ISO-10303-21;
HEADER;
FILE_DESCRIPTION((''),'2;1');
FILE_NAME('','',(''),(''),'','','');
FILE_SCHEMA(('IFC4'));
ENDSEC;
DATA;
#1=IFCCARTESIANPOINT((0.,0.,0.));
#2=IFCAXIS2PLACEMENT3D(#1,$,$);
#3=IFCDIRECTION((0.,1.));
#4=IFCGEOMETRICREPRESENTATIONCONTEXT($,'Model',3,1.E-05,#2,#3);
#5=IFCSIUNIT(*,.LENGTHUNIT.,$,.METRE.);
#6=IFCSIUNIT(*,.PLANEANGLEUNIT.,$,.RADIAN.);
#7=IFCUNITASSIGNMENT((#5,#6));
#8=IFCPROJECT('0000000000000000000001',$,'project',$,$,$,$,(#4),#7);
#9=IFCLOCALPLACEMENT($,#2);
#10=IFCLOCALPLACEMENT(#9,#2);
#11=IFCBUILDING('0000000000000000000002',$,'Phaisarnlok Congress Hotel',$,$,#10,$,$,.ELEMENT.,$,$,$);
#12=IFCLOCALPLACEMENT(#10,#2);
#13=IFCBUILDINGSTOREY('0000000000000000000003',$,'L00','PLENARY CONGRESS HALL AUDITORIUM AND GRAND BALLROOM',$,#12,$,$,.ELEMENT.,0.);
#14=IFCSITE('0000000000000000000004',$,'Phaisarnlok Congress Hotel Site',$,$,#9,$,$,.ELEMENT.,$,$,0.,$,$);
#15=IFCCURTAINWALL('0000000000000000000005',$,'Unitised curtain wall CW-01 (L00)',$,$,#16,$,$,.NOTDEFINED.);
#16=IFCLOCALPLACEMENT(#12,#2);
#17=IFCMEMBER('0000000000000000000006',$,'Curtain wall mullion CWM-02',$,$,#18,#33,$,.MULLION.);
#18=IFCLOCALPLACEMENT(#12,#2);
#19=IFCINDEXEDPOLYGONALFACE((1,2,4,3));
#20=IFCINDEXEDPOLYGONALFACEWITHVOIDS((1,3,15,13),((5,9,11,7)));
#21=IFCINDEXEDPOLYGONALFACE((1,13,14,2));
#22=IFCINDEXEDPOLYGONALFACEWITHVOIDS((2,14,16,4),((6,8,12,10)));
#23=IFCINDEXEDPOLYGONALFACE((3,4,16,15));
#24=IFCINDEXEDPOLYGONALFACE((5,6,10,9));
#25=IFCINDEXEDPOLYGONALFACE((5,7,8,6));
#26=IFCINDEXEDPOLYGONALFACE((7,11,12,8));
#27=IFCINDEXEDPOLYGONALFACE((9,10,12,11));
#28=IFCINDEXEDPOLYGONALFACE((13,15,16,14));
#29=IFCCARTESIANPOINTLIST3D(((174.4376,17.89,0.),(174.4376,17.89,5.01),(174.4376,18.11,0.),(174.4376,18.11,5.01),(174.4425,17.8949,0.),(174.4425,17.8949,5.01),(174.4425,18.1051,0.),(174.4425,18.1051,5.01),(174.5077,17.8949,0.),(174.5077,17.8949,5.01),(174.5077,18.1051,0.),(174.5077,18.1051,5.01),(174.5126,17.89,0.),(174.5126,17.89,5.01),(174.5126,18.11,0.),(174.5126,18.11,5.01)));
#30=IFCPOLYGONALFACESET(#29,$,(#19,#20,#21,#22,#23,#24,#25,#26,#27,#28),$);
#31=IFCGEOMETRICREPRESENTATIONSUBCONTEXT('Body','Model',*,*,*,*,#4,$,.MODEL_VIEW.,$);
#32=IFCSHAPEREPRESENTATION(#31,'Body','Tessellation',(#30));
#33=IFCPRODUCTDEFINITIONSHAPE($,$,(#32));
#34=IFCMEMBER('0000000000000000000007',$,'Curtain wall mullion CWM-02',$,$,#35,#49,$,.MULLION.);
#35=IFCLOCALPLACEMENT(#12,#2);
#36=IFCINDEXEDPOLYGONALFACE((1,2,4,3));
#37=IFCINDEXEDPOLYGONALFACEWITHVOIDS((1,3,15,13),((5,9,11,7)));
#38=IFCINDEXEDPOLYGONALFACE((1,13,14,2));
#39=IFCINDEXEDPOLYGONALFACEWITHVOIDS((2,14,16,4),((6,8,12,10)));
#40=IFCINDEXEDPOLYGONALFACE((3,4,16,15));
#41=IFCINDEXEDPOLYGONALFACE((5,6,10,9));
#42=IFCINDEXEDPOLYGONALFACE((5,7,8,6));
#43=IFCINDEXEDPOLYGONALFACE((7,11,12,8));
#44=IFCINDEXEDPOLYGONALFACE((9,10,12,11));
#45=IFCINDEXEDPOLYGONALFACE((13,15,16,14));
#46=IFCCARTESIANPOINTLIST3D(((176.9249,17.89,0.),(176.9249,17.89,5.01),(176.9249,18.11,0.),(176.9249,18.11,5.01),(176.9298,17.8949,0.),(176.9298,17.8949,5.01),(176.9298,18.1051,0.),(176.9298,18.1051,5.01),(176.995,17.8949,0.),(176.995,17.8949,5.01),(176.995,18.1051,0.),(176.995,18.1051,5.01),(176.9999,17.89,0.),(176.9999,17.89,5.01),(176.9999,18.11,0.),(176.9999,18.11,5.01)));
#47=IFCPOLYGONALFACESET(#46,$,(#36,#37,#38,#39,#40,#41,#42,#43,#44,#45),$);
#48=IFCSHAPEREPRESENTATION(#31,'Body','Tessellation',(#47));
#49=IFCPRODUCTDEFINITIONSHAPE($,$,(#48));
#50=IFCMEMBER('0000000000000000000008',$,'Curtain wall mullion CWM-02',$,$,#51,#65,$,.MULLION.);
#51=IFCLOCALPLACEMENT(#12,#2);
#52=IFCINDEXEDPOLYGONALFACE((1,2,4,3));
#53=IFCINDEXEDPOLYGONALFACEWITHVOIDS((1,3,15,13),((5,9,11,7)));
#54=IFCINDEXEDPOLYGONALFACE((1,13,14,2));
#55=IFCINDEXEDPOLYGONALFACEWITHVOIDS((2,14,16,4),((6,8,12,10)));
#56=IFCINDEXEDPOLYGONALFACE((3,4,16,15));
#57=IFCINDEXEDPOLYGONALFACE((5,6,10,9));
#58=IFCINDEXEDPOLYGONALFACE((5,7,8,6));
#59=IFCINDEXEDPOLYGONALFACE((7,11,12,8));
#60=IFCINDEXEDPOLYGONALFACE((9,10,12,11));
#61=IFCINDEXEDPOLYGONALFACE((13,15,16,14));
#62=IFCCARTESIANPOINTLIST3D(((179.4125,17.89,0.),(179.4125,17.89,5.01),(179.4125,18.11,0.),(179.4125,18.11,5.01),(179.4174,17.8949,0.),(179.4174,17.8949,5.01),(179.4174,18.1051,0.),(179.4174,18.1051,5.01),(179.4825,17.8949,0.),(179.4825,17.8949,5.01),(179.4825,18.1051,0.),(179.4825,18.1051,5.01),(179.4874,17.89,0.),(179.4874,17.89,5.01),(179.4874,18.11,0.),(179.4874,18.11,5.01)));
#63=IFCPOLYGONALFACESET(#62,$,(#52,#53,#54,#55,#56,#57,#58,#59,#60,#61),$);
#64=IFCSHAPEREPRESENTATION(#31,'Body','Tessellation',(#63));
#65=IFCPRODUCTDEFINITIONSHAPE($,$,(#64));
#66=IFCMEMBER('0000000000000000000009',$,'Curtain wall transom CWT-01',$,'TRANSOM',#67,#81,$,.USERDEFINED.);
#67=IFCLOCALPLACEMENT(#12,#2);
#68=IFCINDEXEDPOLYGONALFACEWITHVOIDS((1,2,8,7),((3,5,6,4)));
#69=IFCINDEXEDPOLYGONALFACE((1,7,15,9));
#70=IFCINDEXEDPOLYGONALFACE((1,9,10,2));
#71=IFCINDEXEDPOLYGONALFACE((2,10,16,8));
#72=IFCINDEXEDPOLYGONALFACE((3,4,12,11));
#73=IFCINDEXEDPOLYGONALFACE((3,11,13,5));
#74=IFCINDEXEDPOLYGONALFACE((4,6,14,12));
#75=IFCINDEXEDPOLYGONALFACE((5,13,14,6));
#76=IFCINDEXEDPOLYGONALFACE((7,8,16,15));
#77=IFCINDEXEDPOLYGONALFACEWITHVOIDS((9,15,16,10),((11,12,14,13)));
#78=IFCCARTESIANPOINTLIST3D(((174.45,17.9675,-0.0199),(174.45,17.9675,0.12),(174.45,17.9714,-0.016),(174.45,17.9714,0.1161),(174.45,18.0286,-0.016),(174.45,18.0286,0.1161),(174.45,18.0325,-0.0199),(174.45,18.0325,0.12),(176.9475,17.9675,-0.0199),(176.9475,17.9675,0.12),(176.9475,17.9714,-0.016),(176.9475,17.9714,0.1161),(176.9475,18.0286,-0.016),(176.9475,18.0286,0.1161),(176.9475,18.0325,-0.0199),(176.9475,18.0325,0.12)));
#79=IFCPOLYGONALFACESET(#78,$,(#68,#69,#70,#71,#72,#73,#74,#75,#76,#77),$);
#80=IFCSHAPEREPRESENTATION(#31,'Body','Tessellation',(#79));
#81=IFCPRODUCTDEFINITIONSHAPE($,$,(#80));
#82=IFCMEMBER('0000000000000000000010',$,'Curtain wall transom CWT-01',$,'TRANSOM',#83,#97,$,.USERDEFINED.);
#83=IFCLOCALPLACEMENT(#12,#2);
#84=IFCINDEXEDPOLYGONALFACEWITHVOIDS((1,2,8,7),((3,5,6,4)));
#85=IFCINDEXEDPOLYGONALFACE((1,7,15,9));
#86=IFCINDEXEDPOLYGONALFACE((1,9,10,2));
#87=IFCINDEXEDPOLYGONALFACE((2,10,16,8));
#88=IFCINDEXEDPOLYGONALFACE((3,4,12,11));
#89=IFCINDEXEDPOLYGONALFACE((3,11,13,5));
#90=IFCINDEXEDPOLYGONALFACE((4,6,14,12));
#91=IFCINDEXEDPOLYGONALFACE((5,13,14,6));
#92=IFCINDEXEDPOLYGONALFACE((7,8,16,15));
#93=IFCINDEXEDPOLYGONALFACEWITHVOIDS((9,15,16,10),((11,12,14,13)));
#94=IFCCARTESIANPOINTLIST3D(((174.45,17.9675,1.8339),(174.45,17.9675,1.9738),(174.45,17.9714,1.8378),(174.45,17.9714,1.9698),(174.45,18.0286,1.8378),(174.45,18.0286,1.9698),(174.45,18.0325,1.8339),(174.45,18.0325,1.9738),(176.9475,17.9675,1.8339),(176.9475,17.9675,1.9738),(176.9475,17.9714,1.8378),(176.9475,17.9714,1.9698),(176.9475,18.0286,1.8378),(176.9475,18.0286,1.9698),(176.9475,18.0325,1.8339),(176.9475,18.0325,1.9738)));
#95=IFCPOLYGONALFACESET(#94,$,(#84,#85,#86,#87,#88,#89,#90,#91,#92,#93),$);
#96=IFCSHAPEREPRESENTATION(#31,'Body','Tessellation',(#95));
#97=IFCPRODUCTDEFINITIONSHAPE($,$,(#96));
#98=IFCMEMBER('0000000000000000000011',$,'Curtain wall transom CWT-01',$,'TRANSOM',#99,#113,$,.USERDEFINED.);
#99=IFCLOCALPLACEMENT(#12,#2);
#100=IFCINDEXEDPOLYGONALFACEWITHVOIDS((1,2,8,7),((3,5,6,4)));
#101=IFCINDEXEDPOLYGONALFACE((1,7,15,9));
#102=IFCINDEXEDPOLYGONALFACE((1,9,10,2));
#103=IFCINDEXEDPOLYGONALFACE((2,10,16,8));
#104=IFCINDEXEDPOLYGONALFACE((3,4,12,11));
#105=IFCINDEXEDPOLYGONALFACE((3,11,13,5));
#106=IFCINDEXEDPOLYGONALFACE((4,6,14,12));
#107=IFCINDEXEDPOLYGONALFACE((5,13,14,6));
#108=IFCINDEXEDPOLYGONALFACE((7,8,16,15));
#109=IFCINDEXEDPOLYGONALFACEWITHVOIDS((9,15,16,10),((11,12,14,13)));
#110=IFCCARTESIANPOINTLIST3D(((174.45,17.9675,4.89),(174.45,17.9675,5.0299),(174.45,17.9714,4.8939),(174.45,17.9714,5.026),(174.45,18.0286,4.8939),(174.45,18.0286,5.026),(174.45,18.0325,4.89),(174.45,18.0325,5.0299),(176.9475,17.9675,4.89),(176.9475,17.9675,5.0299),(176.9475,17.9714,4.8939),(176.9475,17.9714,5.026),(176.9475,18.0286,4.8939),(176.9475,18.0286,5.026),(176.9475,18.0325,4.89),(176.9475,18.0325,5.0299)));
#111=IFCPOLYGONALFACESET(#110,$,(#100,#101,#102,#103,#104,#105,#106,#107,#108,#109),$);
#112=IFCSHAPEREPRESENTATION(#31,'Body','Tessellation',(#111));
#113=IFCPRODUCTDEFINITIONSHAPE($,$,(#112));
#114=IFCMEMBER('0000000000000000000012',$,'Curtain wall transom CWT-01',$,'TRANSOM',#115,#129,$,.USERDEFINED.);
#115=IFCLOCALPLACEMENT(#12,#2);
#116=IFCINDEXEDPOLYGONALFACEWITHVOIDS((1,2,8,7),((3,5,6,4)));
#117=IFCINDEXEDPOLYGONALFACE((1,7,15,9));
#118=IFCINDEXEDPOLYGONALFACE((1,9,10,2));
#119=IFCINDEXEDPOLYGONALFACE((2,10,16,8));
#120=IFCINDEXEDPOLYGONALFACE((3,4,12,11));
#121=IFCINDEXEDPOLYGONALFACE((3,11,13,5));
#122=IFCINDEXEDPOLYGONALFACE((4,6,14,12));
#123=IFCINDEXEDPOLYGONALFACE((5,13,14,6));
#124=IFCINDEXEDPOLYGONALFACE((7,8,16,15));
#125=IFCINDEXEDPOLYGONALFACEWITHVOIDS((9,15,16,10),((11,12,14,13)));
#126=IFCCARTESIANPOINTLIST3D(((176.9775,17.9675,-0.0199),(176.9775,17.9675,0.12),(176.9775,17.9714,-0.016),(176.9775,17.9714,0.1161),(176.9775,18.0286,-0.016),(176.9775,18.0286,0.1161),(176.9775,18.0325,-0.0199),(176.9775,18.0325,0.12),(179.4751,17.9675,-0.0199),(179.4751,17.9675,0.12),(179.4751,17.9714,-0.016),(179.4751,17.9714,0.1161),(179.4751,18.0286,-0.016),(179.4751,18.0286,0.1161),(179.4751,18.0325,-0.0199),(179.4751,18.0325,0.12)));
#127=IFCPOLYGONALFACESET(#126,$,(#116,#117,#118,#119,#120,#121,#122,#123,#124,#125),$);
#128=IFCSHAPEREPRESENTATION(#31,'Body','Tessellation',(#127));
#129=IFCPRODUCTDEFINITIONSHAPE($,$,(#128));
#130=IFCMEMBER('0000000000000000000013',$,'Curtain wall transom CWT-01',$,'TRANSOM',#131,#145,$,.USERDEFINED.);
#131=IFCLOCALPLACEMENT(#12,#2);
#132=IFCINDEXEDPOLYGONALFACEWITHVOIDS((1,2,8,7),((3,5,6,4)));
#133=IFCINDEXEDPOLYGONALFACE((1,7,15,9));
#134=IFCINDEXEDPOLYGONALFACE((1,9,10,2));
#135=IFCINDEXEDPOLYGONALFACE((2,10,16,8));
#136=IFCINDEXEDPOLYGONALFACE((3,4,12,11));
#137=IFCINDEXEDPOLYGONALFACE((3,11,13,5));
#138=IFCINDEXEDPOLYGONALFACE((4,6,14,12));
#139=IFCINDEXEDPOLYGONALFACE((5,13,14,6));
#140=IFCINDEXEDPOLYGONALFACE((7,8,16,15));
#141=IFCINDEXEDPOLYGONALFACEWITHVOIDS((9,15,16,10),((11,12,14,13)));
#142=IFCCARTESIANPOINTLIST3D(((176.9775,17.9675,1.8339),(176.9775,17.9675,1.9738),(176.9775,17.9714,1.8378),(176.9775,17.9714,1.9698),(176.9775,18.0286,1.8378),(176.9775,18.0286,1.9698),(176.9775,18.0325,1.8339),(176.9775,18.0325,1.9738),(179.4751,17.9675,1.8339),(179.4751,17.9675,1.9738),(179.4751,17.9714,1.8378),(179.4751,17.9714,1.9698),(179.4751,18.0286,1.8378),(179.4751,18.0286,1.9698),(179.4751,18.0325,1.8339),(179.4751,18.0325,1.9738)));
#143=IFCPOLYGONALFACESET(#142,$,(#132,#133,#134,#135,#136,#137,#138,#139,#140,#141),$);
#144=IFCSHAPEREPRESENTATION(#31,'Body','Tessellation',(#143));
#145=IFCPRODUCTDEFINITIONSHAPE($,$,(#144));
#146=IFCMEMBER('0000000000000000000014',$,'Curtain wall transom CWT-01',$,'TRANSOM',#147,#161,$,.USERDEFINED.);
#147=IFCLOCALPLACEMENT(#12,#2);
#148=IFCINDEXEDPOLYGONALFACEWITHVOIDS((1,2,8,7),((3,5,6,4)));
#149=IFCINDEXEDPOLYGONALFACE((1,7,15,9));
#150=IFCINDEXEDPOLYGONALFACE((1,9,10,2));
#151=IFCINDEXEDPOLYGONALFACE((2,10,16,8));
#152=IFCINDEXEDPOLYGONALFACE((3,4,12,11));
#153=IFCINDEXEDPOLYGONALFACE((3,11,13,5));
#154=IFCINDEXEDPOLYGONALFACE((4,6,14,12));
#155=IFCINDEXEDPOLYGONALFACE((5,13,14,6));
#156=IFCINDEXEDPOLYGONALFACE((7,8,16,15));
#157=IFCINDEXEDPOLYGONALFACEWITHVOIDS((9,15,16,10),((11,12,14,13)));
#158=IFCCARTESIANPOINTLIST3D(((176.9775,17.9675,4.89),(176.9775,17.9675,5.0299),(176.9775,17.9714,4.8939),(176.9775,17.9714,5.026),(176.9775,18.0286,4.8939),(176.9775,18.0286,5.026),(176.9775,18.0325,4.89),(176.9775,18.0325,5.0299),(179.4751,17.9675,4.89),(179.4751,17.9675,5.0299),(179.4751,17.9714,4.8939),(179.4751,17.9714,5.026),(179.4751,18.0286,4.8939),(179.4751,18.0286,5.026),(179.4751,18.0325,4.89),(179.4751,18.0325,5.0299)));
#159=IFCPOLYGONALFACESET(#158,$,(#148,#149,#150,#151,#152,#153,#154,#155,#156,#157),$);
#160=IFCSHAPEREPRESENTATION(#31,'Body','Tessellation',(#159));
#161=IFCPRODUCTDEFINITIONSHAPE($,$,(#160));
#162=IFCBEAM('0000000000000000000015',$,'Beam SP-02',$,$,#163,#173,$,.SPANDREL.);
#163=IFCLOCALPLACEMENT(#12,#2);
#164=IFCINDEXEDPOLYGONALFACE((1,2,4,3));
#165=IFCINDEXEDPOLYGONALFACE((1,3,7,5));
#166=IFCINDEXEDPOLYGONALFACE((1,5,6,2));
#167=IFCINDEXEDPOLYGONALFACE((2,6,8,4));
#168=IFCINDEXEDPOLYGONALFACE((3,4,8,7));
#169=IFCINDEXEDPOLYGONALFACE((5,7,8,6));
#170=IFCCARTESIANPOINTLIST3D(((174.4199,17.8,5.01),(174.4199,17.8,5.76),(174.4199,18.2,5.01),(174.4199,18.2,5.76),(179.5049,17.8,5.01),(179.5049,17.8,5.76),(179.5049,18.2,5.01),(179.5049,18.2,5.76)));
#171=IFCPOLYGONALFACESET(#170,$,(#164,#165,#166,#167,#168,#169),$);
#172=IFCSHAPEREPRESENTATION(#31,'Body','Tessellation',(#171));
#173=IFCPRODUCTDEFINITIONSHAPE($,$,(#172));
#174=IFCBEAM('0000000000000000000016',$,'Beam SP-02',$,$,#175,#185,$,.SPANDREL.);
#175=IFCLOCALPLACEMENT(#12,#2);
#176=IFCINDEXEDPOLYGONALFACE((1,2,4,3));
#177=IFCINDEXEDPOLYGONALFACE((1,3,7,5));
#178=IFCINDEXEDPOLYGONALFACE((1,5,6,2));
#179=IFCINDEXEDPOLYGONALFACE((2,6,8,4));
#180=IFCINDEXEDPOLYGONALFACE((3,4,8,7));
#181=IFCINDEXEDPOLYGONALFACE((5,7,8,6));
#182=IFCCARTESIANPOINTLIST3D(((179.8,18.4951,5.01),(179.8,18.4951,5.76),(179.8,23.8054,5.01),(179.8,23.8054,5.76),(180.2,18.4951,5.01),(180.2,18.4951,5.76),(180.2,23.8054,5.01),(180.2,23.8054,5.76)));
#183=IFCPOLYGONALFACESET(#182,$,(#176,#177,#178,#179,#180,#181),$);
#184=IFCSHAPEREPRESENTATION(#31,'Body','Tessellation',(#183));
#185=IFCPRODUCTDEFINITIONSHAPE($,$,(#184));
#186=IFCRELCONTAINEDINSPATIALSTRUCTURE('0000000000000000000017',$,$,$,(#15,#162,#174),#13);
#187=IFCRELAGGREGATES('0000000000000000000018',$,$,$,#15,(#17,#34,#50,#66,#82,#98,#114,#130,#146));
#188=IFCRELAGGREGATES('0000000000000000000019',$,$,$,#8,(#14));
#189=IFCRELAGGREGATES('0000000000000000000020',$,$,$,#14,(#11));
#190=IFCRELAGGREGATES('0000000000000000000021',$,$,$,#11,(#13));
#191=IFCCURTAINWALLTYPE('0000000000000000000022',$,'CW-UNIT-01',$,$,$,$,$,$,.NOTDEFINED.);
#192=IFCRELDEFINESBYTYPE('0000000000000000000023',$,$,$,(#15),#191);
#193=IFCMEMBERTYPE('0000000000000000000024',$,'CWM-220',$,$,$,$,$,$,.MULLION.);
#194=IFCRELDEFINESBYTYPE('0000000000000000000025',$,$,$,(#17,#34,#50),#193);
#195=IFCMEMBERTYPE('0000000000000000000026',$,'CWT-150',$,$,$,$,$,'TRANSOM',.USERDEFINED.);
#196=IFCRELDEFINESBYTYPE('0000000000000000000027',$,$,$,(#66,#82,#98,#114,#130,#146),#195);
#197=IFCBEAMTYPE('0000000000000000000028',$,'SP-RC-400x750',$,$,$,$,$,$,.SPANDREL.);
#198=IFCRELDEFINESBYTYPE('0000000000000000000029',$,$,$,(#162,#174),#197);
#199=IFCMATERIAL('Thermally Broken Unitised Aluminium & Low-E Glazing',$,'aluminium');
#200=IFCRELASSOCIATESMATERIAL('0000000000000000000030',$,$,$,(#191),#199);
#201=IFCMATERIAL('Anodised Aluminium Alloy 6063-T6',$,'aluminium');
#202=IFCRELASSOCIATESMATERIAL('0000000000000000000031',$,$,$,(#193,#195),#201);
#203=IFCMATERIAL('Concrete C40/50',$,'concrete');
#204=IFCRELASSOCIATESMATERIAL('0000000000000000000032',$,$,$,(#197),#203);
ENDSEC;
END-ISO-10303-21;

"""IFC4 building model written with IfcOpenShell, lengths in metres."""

from ifc_helpers import new_model, si_unit, direction, frame, origin, origin_2d, place, context, subcontext, project, spatial, rectangle, hollow_rectangle, extrude, material, material_profile, profile_set, type_object, element, aggregate, save


model = new_model("IFC4")

# Units and contexts
model_context = context("Model", 3, precision=1e-05, world=origin(), true_north=direction((0.0, 1.0)))
body_context = subcontext(model_context, "Body", "Model", "MODEL_VIEW")
ifc_project = project(units=[si_unit("LENGTHUNIT", "METRE"), si_unit("PLANEANGLEUNIT", "RADIAN")], contexts=[model_context])

# Site, building, storey
site_placement = place(None, origin())
site = spatial("IfcSite", under=ifc_project, at=site_placement, Name="Phaisarnlok Congress Hotel Site", CompositionType="ELEMENT", RefElevation=0.0)
building_placement = place(site_placement, origin())
building = spatial("IfcBuilding", under=site, at=building_placement, Name="Phaisarnlok Congress Hotel", CompositionType="ELEMENT")
storey_placement = place(building_placement, origin())
storey = spatial("IfcBuildingStorey", under=building, at=storey_placement, Name="L00", Description="PLENARY CONGRESS HALL AUDITORIUM AND GRAND BALLROOM", CompositionType="ELEMENT", Elevation=0.0)

# Shared definitions
ifc_material_1 = material(Name="Concrete C40/50", Category="concrete")

# Curtain wall, members
ifc_material_2 = material(Name="Thermally Broken Unitised Aluminium & Low-E Glazing", Category="aluminium")
curtain_wall_type = type_object("IfcCurtainWallType", Name="CW-UNIT-01", PredefinedType="NOTDEFINED", material=ifc_material_2)
curtain_wall_placement = place(storey_placement, origin())
curtain_wall = element("IfcCurtainWall", 1, at=curtain_wall_placement, inside=storey, type_object=curtain_wall_type, Name="Unitised curtain wall CW-01 (L00)", PredefinedType="NOTDEFINED")
ifc_material_3 = material(Name="Anodised Aluminium Alloy 6063-T6", Category="aluminium")
ifc_material_profile_1 = material_profile(ifc_material_3, hollow_rectangle(XDim=0.075, YDim=0.22, WallThickness=0.0049, at=origin_2d()), Name="ALU-M 75x220x5")
ifc_profile_set_1 = profile_set([ifc_material_profile_1], Name="Anodised Aluminium Alloy 6063-T6")
member_type_1 = type_object("IfcMemberType", Name="CWM-220", PredefinedType="MULLION", material=ifc_profile_set_1)
member_1_placement = place(storey_placement, frame((174.4751, 18.0, 0.0), z_axis=(0.0, 0.0, 1.0), x_axis=(1.0, 0.0, 0.0)))
member_1 = element("IfcMember", 2, at=member_1_placement, type_object=member_type_1, Name="Curtain wall mullion CWM-02", PredefinedType="MULLION", context=body_context, shape_type="SweptSolid", body=[
    extrude(hollow_rectangle(XDim=0.075, YDim=0.22, WallThickness=0.0049, at=origin_2d()), origin(), (0.0, 0.0, 1.0), 5.01),
])
member_2_placement = place(storey_placement, frame((176.9624, 18.0, 0.0), z_axis=(0.0, 0.0, 1.0), x_axis=(1.0, 0.0, 0.0)))
member_2 = element("IfcMember", 3, at=member_2_placement, type_object=member_type_1, Name="Curtain wall mullion CWM-02", PredefinedType="MULLION", context=body_context, shape_type="SweptSolid", body=[
    extrude(hollow_rectangle(XDim=0.075, YDim=0.22, WallThickness=0.0049, at=origin_2d()), origin(), (0.0, 0.0, 1.0), 5.01),
])
member_3_placement = place(storey_placement, frame((179.45, 18.0, 0.0), z_axis=(0.0, 0.0, 1.0), x_axis=(1.0, 0.0, 0.0)))
member_3 = element("IfcMember", 4, at=member_3_placement, type_object=member_type_1, Name="Curtain wall mullion CWM-02", PredefinedType="MULLION", context=body_context, shape_type="SweptSolid", body=[
    extrude(hollow_rectangle(XDim=0.075, YDim=0.22, WallThickness=0.0049, at=origin_2d()), origin(), (0.0, 0.0, 1.0), 5.01),
])
ifc_material_profile_2 = material_profile(ifc_material_3, hollow_rectangle(XDim=0.0649, YDim=0.1399, WallThickness=0.0039, at=origin_2d()), Name="ALU-T 65x140x4")
ifc_profile_set_2 = profile_set([ifc_material_profile_2], Name="Anodised Aluminium Alloy 6063-T6")
member_type_2 = type_object("IfcMemberType", Name="CWT-150", ElementType="TRANSOM", PredefinedType="USERDEFINED", material=ifc_profile_set_2)
member_4_placement = place(storey_placement, frame((174.45, 18.0, 0.05), z_axis=(1.0, 0.0, 0.0), x_axis=(0.0, 1.0, 0.0)))
member_4 = element("IfcMember", 5, at=member_4_placement, type_object=member_type_2, Name="Curtain wall transom CWT-01", ObjectType="TRANSOM", PredefinedType="USERDEFINED", context=body_context, shape_type="SweptSolid", body=[
    extrude(hollow_rectangle(XDim=0.0649, YDim=0.1399, WallThickness=0.0039, at=origin_2d()), origin(), (0.0, 0.0, 1.0), 2.4976),
])
member_5_placement = place(storey_placement, frame((174.45, 18.0, 1.9038), z_axis=(1.0, 0.0, 0.0), x_axis=(0.0, 1.0, 0.0)))
member_5 = element("IfcMember", 6, at=member_5_placement, type_object=member_type_2, Name="Curtain wall transom CWT-01", ObjectType="TRANSOM", PredefinedType="USERDEFINED", context=body_context, shape_type="SweptSolid", body=[
    extrude(hollow_rectangle(XDim=0.0649, YDim=0.1399, WallThickness=0.0039, at=origin_2d()), origin(), (0.0, 0.0, 1.0), 2.4976),
])
member_6_placement = place(storey_placement, frame((174.45, 18.0, 4.96), z_axis=(1.0, 0.0, 0.0), x_axis=(0.0, 1.0, 0.0)))
member_6 = element("IfcMember", 7, at=member_6_placement, type_object=member_type_2, Name="Curtain wall transom CWT-01", ObjectType="TRANSOM", PredefinedType="USERDEFINED", context=body_context, shape_type="SweptSolid", body=[
    extrude(hollow_rectangle(XDim=0.0649, YDim=0.1399, WallThickness=0.0039, at=origin_2d()), origin(), (0.0, 0.0, 1.0), 2.4976),
])
member_7_placement = place(storey_placement, frame((176.9775, 18.0, 0.05), z_axis=(1.0, 0.0, 0.0), x_axis=(0.0, 1.0, 0.0)))
member_7 = element("IfcMember", 8, at=member_7_placement, type_object=member_type_2, Name="Curtain wall transom CWT-01", ObjectType="TRANSOM", PredefinedType="USERDEFINED", context=body_context, shape_type="SweptSolid", body=[
    extrude(hollow_rectangle(XDim=0.0649, YDim=0.1399, WallThickness=0.0039, at=origin_2d()), origin(), (0.0, 0.0, 1.0), 2.4976),
])
member_8_placement = place(storey_placement, frame((176.9775, 18.0, 1.9038), z_axis=(1.0, 0.0, 0.0), x_axis=(0.0, 1.0, 0.0)))
member_8 = element("IfcMember", 9, at=member_8_placement, type_object=member_type_2, Name="Curtain wall transom CWT-01", ObjectType="TRANSOM", PredefinedType="USERDEFINED", context=body_context, shape_type="SweptSolid", body=[
    extrude(hollow_rectangle(XDim=0.0649, YDim=0.1399, WallThickness=0.0039, at=origin_2d()), origin(), (0.0, 0.0, 1.0), 2.4976),
])
member_9_placement = place(storey_placement, frame((176.9775, 18.0, 4.96), z_axis=(1.0, 0.0, 0.0), x_axis=(0.0, 1.0, 0.0)))
member_9 = element("IfcMember", 10, at=member_9_placement, type_object=member_type_2, Name="Curtain wall transom CWT-01", ObjectType="TRANSOM", PredefinedType="USERDEFINED", context=body_context, shape_type="SweptSolid", body=[
    extrude(hollow_rectangle(XDim=0.0649, YDim=0.1399, WallThickness=0.0039, at=origin_2d()), origin(), (0.0, 0.0, 1.0), 2.4976),
])

# Beams
ifc_material_profile_3 = material_profile(ifc_material_1, rectangle(XDim=0.3999, YDim=0.75, at=origin_2d()), Name="RC 400x750")
ifc_profile_set_3 = profile_set([ifc_material_profile_3], Name="Concrete C40/50")
beam_type_1 = type_object("IfcBeamType", Name="SP-RC-400x750", PredefinedType="SPANDREL", material=ifc_profile_set_3)
beam_1_placement = place(storey_placement, frame((174.4199, 18.0, 5.385), z_axis=(1.0, 0.0, 0.0), x_axis=(0.0, 1.0, 0.0)))
element("IfcBeam", 11, at=beam_1_placement, inside=storey, type_object=beam_type_1, Name="Beam SP-02", PredefinedType="SPANDREL", context=body_context, shape_type="SweptSolid", body=[
    extrude(rectangle(XDim=0.3999, YDim=0.75, at=origin_2d()), origin(), (0.0, 0.0, 1.0), 5.085),
])
beam_2_placement = place(storey_placement, frame((180.0, 18.4951, 5.385), z_axis=(0.0, 1.0, 0.0), x_axis=(-1.0, 0.0, 0.0)))
element("IfcBeam", 12, at=beam_2_placement, inside=storey, type_object=beam_type_1, Name="Beam SP-02", PredefinedType="SPANDREL", context=body_context, shape_type="SweptSolid", body=[
    extrude(rectangle(XDim=0.3999, YDim=0.75, at=origin_2d()), origin(), (0.0, 0.0, 1.0), 5.3103),
])

aggregate(curtain_wall, [member_1, member_2, member_3, member_4, member_5, member_6, member_7, member_8, member_9])

save(model, "model.ifc")
